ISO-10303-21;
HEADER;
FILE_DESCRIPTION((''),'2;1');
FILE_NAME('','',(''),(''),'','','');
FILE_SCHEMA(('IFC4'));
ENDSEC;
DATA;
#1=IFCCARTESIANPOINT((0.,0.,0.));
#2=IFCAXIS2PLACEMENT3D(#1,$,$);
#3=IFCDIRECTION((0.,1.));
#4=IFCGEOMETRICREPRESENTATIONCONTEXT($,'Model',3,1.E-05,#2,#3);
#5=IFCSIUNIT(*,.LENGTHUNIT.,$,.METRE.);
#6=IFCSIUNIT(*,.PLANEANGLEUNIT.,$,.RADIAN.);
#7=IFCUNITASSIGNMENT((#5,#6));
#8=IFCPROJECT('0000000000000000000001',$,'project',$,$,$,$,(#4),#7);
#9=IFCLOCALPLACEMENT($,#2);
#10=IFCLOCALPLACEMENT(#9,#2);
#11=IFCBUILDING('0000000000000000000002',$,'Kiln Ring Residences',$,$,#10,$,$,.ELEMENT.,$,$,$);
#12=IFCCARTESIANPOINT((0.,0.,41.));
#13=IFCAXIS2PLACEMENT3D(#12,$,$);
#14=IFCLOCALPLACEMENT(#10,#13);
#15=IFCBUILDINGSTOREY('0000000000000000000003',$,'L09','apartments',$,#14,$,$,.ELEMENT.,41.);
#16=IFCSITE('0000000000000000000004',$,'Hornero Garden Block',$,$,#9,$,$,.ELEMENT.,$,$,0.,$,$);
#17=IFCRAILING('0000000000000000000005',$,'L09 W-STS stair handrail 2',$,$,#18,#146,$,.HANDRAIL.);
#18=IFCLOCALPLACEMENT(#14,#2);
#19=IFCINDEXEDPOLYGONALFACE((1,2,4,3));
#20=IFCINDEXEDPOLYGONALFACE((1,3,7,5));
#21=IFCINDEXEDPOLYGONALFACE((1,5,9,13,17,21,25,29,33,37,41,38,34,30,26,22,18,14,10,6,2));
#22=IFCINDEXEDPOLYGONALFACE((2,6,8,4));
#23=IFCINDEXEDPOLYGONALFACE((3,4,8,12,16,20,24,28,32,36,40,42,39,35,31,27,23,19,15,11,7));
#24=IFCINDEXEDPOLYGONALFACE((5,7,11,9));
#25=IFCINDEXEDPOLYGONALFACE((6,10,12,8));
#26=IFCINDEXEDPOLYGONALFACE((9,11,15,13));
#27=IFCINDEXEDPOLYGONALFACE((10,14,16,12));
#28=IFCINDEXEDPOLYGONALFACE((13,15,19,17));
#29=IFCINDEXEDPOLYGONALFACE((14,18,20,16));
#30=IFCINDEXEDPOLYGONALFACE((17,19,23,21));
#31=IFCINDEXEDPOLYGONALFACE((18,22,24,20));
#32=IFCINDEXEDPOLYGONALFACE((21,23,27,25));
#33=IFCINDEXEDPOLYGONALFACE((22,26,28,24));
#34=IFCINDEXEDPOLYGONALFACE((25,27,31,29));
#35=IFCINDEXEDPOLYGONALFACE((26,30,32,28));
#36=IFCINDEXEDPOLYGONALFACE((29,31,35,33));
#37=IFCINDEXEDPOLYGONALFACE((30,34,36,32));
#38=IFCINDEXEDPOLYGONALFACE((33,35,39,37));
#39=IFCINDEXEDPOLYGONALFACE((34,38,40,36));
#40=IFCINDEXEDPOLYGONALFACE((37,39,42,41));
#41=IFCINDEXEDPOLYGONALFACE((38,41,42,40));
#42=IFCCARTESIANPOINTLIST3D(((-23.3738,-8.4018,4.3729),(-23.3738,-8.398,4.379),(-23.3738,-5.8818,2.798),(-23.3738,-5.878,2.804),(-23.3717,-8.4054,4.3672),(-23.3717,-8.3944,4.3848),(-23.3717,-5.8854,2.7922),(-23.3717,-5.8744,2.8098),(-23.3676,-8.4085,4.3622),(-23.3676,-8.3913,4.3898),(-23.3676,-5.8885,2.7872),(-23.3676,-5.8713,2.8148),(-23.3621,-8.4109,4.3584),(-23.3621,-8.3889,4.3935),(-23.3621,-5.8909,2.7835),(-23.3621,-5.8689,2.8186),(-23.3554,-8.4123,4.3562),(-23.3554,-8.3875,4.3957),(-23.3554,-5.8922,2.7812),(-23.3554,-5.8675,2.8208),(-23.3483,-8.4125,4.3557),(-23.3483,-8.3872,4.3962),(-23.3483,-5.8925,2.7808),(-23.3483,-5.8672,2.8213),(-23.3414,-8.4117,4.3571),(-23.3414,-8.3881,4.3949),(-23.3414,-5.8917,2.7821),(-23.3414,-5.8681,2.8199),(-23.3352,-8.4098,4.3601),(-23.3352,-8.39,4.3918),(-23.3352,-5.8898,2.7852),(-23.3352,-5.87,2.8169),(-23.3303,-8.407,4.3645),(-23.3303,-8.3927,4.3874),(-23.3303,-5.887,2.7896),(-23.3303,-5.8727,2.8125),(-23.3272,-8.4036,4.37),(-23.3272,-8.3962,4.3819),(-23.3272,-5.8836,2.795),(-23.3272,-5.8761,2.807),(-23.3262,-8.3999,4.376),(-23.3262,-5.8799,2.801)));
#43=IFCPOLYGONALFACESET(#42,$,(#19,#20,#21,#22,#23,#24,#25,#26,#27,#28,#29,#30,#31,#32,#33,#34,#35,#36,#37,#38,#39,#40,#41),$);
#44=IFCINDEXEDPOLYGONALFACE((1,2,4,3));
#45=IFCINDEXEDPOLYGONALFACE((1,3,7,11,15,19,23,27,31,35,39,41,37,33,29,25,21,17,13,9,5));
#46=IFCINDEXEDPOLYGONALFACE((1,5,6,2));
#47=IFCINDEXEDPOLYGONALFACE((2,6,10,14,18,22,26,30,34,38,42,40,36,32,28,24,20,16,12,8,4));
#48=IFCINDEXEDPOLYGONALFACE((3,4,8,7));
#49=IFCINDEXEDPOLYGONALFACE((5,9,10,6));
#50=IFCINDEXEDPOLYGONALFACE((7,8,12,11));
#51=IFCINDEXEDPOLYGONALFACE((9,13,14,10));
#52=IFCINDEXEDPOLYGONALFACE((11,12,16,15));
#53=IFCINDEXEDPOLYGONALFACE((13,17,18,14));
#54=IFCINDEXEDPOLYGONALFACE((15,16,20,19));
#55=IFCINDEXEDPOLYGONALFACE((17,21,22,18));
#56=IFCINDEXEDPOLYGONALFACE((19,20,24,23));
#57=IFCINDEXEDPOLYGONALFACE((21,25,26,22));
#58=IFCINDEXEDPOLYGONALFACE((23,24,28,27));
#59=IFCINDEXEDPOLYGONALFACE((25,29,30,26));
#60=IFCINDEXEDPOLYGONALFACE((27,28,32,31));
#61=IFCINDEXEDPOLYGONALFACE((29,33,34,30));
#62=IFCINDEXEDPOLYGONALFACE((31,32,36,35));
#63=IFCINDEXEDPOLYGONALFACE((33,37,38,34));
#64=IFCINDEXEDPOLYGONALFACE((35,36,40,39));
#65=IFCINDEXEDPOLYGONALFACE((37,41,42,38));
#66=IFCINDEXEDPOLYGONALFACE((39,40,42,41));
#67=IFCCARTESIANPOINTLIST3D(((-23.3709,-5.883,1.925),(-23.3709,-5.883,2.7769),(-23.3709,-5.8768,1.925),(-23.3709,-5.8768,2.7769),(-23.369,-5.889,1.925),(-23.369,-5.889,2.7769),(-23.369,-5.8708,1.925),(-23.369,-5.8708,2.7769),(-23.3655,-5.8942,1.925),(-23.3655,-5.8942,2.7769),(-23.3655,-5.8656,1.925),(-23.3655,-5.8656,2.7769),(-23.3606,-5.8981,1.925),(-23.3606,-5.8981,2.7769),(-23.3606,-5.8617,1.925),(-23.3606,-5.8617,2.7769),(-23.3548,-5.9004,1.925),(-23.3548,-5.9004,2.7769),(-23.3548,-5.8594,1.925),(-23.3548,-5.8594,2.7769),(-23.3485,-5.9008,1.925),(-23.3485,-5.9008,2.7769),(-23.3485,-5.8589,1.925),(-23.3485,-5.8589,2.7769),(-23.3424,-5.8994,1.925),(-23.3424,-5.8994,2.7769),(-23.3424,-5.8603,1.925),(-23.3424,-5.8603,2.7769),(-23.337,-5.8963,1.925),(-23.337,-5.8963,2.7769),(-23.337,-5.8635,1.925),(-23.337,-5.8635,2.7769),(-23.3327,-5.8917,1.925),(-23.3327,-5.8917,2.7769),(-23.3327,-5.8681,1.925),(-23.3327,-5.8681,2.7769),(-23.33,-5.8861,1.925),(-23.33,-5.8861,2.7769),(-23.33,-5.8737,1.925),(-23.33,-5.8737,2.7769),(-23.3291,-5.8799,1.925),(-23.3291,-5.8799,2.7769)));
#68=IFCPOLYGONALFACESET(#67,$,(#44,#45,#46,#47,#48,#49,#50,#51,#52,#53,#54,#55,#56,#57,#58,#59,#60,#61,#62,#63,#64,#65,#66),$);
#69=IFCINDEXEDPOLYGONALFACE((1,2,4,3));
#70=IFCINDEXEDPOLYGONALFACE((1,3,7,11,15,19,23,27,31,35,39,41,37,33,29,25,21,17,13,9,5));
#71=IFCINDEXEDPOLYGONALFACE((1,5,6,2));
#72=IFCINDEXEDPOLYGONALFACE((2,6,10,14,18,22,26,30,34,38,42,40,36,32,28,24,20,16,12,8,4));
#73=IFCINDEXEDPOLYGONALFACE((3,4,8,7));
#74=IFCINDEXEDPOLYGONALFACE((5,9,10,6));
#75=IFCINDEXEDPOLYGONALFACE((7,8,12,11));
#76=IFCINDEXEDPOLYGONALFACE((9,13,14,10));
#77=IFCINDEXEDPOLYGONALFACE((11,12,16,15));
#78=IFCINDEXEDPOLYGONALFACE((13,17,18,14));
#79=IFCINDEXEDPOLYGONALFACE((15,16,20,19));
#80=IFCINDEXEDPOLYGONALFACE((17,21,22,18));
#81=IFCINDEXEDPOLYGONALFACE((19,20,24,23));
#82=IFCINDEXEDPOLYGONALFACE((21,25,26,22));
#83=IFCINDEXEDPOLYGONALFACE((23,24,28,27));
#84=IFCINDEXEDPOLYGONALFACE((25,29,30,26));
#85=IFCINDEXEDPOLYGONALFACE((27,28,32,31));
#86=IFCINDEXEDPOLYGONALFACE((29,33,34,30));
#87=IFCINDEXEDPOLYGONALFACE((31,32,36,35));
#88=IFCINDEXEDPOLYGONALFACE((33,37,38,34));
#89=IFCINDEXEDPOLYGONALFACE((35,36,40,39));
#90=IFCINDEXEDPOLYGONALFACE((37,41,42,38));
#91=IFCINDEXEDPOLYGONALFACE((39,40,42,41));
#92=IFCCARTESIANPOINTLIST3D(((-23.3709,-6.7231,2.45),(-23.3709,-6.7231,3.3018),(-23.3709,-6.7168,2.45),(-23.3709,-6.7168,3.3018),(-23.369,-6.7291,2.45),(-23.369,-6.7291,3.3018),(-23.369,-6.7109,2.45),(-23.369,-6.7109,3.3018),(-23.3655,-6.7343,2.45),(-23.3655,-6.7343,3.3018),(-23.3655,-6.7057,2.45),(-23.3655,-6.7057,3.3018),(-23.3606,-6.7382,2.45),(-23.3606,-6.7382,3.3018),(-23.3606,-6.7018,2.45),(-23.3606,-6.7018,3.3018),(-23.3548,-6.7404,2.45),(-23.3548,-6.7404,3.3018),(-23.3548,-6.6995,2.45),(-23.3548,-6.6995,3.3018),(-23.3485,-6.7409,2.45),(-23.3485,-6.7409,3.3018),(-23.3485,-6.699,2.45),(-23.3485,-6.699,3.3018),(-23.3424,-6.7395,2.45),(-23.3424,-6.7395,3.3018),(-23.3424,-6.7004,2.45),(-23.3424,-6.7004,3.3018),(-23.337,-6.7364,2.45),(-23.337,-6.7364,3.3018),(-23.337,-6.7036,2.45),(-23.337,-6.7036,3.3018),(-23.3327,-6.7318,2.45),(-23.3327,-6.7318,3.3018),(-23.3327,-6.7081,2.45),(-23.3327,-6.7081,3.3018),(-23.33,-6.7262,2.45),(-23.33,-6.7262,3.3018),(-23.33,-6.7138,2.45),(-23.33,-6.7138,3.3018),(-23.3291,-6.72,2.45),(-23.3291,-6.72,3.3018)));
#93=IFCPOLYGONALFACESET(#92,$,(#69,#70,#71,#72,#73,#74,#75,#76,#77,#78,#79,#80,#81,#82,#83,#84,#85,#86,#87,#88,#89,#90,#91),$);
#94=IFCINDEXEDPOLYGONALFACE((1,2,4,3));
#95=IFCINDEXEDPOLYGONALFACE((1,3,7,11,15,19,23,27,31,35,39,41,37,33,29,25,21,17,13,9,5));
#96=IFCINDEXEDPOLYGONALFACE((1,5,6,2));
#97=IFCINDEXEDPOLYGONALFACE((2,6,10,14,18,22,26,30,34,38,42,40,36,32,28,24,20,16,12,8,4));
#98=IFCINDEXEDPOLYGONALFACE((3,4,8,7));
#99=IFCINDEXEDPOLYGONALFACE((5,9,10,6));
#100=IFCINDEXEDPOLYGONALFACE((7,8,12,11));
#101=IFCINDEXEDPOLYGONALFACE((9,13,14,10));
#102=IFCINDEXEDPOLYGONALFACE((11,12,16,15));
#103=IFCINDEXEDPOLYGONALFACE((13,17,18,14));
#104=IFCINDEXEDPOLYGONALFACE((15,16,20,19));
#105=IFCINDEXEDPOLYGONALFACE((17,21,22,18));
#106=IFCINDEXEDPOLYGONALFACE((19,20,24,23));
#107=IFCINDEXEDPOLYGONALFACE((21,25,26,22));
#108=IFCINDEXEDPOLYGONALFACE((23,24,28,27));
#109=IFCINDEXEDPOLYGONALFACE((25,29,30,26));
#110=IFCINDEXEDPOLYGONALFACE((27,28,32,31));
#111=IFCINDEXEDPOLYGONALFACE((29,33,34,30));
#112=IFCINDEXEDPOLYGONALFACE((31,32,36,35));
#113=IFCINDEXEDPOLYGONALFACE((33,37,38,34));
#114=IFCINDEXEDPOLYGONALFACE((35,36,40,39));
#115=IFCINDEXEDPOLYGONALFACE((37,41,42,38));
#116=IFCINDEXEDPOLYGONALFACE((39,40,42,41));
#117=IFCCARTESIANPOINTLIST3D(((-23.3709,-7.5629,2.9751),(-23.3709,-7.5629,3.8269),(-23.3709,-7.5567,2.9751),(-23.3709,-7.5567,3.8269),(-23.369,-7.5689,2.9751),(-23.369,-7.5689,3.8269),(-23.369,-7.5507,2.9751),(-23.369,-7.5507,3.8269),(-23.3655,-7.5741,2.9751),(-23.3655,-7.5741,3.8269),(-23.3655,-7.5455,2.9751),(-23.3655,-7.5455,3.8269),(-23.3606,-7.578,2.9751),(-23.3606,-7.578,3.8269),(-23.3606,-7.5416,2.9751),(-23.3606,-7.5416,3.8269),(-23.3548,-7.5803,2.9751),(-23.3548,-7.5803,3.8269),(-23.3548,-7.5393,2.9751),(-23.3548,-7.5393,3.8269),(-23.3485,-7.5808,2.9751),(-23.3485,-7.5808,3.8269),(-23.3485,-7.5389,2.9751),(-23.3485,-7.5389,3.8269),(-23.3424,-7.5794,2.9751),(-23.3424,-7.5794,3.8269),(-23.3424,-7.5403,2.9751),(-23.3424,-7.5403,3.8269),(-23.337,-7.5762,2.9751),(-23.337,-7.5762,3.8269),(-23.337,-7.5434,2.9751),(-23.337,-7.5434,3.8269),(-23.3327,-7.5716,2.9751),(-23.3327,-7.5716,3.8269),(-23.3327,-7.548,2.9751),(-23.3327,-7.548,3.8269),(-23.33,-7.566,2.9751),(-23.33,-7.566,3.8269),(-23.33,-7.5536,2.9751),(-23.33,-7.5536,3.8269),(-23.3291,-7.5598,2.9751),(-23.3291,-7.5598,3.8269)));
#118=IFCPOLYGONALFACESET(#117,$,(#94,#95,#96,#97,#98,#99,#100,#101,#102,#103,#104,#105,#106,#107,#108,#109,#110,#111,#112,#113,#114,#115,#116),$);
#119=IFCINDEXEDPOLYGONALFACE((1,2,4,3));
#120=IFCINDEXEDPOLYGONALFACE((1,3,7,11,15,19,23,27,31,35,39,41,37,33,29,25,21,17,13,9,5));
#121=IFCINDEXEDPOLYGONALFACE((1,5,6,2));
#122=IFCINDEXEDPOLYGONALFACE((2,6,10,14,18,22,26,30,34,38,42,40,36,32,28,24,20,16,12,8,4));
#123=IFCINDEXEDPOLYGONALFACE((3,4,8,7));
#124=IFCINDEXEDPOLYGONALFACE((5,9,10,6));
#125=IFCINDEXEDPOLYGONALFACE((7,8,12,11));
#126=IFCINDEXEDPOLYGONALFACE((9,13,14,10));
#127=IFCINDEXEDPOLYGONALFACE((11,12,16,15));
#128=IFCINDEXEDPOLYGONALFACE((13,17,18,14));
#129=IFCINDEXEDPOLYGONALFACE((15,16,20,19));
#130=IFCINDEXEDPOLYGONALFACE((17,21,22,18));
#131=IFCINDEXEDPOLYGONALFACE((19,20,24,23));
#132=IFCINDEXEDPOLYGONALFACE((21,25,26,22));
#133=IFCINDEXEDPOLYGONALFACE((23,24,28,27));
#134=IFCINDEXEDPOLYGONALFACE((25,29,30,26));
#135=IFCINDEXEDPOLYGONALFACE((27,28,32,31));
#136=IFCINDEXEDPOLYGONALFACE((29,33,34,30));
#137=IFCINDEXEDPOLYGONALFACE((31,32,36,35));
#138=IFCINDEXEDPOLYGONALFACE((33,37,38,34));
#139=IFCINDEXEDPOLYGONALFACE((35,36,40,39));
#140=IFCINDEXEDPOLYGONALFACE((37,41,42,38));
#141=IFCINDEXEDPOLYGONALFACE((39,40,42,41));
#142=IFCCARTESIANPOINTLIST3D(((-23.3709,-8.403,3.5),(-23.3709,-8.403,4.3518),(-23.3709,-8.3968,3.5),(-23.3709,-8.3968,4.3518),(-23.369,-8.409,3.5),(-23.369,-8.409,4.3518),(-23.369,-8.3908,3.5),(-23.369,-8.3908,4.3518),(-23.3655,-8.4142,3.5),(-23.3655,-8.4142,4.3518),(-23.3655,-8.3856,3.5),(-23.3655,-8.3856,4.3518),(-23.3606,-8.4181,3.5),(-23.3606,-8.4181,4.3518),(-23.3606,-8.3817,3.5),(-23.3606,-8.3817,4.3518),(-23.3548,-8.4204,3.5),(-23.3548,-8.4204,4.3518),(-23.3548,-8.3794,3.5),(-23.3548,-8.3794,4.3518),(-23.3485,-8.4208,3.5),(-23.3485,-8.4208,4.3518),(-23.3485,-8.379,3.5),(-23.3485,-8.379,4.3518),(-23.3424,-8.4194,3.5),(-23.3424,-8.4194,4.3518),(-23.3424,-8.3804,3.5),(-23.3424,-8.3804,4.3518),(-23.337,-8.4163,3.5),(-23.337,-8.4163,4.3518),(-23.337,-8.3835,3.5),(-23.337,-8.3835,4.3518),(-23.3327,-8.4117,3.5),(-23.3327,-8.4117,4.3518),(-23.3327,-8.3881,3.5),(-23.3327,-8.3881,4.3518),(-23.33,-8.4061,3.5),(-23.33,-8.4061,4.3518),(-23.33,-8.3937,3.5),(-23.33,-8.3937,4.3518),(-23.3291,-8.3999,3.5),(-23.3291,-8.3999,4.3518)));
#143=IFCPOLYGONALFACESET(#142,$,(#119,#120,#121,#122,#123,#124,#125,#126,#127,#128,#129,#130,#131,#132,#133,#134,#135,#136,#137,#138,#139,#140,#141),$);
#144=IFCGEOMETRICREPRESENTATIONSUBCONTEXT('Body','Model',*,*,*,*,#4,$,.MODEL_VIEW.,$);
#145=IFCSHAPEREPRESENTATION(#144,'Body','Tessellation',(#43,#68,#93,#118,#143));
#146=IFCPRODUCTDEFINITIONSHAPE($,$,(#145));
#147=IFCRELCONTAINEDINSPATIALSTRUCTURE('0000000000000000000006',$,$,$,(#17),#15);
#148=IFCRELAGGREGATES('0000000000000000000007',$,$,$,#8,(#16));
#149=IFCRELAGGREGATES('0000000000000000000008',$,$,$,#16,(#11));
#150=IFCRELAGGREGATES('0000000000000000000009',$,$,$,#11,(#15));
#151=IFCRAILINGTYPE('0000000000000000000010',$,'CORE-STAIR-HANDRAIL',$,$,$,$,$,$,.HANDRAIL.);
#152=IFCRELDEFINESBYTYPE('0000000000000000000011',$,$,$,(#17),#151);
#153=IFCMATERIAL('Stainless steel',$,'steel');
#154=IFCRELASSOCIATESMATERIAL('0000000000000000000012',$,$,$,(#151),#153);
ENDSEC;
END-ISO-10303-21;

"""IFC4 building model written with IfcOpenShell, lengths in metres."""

from ifc_helpers import new_model, si_unit, direction, frame, origin, origin_2d, place, context, subcontext, project, spatial, circle, extrude, material, type_object, element, save


model = new_model("IFC4")

# Units and contexts
model_context = context("Model", 3, precision=1e-05, world=origin(), true_north=direction((0.0, 1.0)))
body_context = subcontext(model_context, "Body", "Model", "MODEL_VIEW")
ifc_project = project(units=[si_unit("LENGTHUNIT", "METRE"), si_unit("PLANEANGLEUNIT", "RADIAN")], contexts=[model_context])

# Site, building, storey
site_placement = place(None, origin())
site = spatial("IfcSite", under=ifc_project, at=site_placement, Name="Hornero Garden Block", CompositionType="ELEMENT", RefElevation=0.0)
building_placement = place(site_placement, origin())
building = spatial("IfcBuilding", under=site, at=building_placement, Name="Kiln Ring Residences", CompositionType="ELEMENT")
storey_placement = place(building_placement, frame((0.0, 0.0, 41.0)))
storey = spatial("IfcBuildingStorey", under=building, at=storey_placement, Name="L09", Description="apartments", CompositionType="ELEMENT", Elevation=41.0)

# Railing
ifc_material_1 = material(Name="Stainless steel", Category="steel")
railing_type_1 = type_object("IfcRailingType", Name="CORE-STAIR-HANDRAIL", PredefinedType="HANDRAIL", material=ifc_material_1)
railing_1_placement = place(storey_placement, frame((-23.3501, -5.8799, 1.925)))
element("IfcRailing", 1, at=railing_1_placement, inside=storey, type_object=railing_type_1, Name="L09 W-STS stair handrail 2", PredefinedType="HANDRAIL", context=body_context, shape_type="SweptSolid", body=[
    extrude(circle(Radius=0.0239, at=origin_2d()), frame((0.0, 0.0, 0.876), z_axis=(0.0, -0.848008, 0.529984), x_axis=(1.0, 0.0, 0.0)), (0.0, 0.0, 1.0), 2.9717),
    extrude(circle(Radius=0.021, at=origin_2d()), origin(), (0.0, 0.0, 1.0), 0.8518),
    extrude(circle(Radius=0.021, at=origin_2d()), frame((0.0, -0.8401, 0.5249)), (0.0, 0.0, 1.0), 0.8518),
    extrude(circle(Radius=0.021, at=origin_2d()), frame((0.0, -1.6799, 1.05)), (0.0, 0.0, 1.0), 0.8518),
    extrude(circle(Radius=0.021, at=origin_2d()), frame((0.0, -2.52, 1.575)), (0.0, 0.0, 1.0), 0.8518),
])

save(model, "model.ifc")
